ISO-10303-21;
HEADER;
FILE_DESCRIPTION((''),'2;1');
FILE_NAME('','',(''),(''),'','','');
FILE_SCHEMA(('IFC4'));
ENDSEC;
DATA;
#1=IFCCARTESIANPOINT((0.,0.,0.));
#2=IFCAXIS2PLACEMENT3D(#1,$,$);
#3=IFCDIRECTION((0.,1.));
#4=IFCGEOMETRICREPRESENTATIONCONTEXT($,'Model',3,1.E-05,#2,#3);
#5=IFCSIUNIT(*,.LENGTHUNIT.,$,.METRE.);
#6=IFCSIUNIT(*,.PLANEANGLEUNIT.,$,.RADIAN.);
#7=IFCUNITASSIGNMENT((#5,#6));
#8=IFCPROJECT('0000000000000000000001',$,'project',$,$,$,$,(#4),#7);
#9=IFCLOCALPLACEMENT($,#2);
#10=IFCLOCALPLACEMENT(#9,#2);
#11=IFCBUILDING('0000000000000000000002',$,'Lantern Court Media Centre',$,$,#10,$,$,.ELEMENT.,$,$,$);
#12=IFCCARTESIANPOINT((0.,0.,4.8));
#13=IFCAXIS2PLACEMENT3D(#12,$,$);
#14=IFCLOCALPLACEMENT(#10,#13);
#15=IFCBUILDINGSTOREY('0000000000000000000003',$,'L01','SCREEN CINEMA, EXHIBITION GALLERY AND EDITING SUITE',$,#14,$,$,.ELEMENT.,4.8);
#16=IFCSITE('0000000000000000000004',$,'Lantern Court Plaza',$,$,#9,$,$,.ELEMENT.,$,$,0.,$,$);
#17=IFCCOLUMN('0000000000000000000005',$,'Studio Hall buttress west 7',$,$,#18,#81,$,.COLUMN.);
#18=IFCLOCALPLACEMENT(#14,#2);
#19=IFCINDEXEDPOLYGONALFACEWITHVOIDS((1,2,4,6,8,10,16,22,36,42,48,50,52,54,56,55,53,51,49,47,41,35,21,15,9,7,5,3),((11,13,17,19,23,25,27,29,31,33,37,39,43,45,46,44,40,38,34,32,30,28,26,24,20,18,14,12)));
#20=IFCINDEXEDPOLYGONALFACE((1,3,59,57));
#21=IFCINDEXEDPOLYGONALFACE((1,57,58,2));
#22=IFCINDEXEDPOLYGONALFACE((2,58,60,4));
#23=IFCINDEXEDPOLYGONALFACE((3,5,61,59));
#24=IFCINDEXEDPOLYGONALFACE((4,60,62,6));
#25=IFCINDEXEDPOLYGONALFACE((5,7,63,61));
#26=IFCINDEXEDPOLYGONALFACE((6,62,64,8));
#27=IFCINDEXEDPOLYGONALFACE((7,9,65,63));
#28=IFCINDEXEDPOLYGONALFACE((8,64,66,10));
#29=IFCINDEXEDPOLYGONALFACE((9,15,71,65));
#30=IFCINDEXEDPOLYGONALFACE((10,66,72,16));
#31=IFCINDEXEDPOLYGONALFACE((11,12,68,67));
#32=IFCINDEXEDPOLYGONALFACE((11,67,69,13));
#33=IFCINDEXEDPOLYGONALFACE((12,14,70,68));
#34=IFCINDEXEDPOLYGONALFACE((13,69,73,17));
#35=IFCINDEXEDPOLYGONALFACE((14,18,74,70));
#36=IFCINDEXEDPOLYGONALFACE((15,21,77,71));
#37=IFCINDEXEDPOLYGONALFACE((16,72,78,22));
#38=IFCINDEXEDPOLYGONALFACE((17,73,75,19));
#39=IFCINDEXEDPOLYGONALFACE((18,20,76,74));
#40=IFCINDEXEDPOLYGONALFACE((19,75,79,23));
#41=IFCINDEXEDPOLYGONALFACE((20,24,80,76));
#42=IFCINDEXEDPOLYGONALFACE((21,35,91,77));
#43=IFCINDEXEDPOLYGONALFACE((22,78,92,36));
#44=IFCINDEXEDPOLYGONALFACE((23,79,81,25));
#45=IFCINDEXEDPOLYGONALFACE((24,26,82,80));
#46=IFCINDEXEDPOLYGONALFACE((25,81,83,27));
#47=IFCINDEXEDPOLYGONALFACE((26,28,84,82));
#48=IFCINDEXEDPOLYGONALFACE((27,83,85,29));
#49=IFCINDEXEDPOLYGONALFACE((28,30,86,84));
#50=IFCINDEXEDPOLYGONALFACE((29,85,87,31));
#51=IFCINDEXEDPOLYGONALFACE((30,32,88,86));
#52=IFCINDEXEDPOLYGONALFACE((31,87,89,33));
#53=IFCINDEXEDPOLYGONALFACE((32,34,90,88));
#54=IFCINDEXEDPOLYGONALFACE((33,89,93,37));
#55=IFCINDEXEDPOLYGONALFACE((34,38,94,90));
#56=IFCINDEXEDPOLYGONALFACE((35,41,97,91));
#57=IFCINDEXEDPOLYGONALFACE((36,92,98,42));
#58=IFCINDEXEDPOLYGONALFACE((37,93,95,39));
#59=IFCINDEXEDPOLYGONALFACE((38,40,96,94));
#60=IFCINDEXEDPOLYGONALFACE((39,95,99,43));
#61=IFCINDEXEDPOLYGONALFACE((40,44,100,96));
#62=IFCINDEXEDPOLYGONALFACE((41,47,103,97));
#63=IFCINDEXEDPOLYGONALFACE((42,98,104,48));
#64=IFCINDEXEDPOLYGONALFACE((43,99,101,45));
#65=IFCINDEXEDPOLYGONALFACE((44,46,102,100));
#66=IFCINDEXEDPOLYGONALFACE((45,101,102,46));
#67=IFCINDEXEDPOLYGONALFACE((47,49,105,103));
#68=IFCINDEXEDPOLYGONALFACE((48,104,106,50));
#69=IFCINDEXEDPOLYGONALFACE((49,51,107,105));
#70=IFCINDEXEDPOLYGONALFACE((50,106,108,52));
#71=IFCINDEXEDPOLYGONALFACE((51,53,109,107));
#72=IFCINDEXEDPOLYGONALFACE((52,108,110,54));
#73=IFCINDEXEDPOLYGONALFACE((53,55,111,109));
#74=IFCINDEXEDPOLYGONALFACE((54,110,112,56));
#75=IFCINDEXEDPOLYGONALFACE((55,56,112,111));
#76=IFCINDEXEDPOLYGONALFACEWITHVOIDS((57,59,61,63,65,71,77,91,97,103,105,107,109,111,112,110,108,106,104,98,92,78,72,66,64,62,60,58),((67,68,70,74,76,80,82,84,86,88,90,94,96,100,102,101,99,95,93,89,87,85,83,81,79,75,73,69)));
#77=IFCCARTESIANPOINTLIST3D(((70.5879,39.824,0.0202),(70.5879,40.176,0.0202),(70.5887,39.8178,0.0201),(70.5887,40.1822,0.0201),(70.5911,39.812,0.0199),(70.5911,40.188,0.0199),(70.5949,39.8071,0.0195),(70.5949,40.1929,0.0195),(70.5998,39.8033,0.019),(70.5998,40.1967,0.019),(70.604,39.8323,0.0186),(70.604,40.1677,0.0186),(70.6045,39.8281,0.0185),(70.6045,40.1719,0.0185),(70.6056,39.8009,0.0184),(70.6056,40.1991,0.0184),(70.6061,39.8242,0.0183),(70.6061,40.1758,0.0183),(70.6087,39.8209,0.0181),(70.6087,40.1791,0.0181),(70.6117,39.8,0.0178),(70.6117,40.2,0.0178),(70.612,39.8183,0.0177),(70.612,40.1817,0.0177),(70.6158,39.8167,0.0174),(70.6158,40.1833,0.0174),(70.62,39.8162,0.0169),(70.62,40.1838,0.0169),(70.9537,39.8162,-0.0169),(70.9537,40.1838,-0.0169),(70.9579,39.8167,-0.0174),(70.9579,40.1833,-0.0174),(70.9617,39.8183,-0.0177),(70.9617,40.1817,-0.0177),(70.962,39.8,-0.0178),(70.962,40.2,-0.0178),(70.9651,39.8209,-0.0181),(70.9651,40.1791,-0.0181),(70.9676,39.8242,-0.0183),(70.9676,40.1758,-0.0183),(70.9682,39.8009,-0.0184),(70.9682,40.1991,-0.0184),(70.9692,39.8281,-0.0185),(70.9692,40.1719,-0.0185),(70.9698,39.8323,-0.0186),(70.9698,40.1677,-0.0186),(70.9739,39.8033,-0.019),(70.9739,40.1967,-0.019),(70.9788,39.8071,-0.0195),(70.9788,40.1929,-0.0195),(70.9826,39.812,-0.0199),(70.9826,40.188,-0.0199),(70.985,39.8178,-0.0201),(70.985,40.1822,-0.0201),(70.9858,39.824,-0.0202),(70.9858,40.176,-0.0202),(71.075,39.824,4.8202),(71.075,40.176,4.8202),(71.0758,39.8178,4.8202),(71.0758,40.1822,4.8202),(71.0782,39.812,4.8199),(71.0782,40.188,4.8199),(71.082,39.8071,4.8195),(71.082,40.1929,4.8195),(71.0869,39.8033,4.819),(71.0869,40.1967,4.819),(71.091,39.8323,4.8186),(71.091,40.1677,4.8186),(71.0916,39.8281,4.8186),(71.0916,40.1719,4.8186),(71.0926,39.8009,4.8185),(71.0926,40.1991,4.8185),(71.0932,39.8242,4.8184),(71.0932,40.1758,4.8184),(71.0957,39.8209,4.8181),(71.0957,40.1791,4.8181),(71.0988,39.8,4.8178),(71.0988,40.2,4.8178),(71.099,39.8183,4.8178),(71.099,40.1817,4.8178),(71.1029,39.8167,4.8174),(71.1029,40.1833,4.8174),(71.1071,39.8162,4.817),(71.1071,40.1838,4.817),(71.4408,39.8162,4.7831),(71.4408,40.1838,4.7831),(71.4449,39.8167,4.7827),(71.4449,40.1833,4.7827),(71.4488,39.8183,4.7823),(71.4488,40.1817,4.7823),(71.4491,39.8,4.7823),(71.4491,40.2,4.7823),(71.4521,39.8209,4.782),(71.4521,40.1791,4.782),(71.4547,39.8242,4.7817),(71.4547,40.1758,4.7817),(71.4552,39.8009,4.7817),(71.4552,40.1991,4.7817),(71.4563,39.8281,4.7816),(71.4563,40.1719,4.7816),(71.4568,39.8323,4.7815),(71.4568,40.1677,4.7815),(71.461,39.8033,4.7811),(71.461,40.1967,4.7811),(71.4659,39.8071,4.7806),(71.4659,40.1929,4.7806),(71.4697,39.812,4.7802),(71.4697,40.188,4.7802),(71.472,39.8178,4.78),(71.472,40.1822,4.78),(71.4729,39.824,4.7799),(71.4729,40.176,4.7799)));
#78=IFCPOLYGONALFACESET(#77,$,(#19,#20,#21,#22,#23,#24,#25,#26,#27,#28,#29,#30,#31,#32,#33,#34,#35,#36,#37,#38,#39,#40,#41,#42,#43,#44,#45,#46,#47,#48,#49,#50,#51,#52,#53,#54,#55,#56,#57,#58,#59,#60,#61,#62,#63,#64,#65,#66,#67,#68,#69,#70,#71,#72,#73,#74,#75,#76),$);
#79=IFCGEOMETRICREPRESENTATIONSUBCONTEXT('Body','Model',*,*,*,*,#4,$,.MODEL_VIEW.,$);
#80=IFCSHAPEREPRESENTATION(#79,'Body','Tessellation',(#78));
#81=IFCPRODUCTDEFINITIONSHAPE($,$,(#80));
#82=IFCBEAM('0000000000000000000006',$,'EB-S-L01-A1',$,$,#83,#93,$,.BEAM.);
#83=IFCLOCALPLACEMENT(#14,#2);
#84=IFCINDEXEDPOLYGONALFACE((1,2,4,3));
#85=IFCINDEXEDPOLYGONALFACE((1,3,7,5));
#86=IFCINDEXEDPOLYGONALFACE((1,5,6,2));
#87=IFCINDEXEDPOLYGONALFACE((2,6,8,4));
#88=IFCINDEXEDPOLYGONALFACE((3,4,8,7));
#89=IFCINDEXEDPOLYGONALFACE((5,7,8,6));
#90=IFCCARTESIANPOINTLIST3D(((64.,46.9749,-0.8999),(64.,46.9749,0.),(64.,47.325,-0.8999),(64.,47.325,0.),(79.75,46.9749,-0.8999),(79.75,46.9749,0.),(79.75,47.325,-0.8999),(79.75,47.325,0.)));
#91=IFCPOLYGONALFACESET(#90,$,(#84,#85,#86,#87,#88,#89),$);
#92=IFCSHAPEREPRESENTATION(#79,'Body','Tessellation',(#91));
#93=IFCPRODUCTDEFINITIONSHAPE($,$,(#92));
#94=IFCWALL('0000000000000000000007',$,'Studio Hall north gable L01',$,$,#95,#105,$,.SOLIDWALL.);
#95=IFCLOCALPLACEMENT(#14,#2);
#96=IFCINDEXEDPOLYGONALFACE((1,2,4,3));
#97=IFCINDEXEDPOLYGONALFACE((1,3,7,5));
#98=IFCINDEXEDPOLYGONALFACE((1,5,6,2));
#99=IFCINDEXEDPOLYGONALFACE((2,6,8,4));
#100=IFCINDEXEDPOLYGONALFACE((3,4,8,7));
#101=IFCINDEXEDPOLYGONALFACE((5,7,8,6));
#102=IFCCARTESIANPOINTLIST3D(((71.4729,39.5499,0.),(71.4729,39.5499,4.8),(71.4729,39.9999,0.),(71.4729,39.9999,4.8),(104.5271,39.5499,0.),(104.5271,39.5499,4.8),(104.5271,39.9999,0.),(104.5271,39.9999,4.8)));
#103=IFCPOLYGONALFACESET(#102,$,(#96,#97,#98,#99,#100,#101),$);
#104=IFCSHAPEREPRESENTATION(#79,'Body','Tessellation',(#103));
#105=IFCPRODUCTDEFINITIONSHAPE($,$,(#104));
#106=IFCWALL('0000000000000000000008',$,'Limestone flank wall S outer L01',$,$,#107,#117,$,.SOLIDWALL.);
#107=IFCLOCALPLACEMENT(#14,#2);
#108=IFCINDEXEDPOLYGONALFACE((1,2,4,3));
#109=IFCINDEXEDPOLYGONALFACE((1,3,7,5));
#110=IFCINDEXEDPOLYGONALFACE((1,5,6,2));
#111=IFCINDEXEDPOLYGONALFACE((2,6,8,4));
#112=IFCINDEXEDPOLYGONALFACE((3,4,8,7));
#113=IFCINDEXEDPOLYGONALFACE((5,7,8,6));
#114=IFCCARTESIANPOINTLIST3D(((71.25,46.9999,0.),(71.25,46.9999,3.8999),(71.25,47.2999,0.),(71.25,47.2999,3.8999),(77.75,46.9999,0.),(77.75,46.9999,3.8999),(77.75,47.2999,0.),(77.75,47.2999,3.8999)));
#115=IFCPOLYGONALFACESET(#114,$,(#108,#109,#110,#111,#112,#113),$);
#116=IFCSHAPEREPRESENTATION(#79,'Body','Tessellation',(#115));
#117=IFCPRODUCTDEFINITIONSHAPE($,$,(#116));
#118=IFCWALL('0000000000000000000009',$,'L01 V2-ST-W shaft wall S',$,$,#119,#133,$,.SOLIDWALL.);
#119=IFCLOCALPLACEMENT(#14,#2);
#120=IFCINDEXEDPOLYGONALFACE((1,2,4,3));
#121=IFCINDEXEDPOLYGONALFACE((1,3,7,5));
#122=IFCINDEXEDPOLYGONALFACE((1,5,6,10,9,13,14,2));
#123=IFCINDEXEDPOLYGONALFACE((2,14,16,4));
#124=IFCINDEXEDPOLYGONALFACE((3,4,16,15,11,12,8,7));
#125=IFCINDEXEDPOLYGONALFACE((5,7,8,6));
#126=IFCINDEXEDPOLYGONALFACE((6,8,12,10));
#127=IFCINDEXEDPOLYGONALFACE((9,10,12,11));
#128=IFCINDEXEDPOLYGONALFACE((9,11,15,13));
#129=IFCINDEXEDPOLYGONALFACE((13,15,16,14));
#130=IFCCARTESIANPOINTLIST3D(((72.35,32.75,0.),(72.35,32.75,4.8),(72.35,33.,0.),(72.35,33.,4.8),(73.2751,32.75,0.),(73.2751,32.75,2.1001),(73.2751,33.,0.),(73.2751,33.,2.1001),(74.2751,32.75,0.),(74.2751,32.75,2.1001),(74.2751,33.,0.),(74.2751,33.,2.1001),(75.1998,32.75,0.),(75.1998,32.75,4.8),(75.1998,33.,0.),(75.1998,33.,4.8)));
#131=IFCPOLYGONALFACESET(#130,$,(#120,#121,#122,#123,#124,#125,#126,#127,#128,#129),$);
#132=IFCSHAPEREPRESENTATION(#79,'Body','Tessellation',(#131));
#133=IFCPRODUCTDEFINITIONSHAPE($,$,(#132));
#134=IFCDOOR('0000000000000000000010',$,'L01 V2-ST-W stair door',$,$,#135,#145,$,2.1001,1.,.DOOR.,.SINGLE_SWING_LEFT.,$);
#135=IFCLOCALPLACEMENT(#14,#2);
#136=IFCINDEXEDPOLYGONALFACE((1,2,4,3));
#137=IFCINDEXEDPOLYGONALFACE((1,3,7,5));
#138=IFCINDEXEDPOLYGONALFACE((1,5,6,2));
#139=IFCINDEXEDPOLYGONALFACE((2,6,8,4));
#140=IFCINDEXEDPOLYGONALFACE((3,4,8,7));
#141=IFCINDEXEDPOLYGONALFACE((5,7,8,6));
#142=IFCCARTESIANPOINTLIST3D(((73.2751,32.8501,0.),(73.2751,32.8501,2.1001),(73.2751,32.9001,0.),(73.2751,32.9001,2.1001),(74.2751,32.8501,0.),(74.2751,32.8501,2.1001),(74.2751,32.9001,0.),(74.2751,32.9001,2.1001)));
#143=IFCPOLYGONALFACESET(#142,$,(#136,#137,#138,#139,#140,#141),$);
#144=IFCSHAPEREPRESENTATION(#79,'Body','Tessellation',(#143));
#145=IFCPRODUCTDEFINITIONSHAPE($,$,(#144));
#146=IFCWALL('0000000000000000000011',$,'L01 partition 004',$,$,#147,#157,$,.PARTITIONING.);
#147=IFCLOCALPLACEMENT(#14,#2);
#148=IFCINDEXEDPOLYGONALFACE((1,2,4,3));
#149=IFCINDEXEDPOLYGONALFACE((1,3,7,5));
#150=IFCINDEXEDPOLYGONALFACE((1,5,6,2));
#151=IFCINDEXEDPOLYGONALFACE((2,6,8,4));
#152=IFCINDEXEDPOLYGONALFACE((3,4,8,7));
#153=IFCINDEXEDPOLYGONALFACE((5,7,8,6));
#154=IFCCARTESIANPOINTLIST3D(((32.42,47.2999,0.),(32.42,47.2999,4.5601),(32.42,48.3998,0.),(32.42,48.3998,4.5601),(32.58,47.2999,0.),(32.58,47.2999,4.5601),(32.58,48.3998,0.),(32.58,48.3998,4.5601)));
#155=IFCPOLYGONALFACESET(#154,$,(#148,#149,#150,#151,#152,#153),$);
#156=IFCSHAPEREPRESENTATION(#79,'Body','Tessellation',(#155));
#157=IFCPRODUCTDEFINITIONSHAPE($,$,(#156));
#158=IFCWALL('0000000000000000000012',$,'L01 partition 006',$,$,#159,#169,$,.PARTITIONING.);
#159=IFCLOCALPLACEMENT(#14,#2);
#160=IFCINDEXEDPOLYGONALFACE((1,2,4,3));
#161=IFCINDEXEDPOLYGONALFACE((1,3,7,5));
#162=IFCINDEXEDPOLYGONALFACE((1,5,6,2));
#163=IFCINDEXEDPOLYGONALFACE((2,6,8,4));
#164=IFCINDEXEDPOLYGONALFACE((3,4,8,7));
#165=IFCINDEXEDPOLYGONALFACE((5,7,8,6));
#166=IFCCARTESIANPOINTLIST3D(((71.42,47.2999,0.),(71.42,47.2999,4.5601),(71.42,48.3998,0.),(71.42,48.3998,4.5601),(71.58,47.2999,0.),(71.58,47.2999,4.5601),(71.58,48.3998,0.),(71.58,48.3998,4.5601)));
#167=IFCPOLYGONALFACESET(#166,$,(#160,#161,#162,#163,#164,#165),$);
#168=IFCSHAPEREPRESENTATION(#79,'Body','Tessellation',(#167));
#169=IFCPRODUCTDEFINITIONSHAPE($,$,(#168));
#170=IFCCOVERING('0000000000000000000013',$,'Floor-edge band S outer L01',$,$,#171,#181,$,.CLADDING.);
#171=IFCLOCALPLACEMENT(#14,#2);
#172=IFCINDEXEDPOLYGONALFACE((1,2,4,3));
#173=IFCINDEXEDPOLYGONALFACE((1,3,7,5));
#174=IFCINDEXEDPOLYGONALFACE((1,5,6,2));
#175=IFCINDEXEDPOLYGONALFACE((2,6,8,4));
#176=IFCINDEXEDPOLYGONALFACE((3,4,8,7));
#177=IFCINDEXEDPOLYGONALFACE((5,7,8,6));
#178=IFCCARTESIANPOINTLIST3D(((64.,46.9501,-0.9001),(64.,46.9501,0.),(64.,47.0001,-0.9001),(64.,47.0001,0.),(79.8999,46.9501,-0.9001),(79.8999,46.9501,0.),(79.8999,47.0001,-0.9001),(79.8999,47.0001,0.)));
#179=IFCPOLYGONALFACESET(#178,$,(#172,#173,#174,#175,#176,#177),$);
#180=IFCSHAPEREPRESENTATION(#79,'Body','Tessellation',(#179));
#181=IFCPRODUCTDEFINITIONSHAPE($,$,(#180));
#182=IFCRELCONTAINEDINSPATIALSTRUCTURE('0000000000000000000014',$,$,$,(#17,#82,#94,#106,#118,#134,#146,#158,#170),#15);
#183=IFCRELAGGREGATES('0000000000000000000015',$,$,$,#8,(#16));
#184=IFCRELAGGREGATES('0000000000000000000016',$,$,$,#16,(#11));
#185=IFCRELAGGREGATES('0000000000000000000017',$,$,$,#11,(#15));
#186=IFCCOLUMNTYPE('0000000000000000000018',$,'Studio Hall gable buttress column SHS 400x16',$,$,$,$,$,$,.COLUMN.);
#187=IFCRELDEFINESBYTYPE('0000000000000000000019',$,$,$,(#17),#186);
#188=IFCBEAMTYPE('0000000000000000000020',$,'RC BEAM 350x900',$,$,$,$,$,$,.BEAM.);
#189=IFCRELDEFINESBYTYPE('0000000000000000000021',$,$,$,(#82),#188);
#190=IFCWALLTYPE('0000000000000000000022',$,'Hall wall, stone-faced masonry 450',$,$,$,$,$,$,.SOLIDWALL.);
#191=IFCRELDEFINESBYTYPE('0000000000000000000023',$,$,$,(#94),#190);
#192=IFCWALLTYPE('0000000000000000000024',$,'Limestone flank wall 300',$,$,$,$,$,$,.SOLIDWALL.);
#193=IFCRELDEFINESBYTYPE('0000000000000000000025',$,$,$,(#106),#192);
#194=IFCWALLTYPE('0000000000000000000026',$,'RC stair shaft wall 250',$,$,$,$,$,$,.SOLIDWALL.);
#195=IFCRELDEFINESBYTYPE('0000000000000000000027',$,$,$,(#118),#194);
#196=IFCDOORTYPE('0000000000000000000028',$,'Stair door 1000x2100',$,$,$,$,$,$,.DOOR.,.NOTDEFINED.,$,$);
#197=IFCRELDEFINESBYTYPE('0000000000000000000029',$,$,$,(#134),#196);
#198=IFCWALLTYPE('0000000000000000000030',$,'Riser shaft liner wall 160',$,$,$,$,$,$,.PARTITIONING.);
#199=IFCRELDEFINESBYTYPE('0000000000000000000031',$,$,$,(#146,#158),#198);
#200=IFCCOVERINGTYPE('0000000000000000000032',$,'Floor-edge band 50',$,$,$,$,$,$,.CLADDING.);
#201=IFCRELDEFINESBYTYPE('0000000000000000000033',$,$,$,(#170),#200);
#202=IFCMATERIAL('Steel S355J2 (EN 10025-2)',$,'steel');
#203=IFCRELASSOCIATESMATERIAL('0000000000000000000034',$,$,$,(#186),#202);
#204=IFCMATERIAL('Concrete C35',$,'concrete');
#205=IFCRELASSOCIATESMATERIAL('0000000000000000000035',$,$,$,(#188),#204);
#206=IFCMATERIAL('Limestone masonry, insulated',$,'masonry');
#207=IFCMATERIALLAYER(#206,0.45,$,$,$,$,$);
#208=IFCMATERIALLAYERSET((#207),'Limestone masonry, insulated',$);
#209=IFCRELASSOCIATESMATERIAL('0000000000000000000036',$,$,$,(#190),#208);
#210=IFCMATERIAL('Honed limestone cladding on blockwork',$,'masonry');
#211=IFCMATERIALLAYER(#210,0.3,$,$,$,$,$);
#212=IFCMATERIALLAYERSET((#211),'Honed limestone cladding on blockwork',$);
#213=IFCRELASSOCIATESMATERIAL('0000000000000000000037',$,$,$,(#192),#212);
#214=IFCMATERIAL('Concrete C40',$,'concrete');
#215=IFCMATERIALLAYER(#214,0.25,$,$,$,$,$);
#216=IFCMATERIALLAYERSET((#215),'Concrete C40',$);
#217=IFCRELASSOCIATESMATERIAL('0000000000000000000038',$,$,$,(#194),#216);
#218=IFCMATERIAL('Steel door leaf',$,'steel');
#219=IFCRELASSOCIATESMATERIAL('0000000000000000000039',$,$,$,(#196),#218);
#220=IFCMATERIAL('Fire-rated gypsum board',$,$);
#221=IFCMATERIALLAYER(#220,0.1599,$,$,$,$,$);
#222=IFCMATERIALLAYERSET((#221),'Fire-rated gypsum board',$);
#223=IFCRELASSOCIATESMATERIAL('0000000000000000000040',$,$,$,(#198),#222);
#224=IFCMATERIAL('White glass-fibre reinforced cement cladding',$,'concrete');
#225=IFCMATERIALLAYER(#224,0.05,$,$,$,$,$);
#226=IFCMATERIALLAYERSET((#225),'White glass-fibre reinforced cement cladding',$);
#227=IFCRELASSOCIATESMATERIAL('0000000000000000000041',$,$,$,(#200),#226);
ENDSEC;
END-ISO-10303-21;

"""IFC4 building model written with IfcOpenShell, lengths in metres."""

from ifc_helpers import new_model, si_unit, direction, frame, frame_2d, origin, origin_2d, place, context, subcontext, project, spatial, rectangle, hollow_rectangle, extrude, material, layer, layer_set, material_profile, profile_set, type_object, element, fill, save


model = new_model("IFC4")

# Units and contexts
model_context = context("Model", 3, precision=1e-05, world=origin(), true_north=direction((0.0, 1.0)))
body_context = subcontext(model_context, "Body", "Model", "MODEL_VIEW")
ifc_project = project(units=[si_unit("LENGTHUNIT", "METRE"), si_unit("PLANEANGLEUNIT", "RADIAN")], contexts=[model_context])

# Site, building, storey
site_placement = place(None, origin())
site = spatial("IfcSite", under=ifc_project, at=site_placement, Name="Lantern Court Plaza", CompositionType="ELEMENT", RefElevation=0.0)
building_placement = place(site_placement, origin())
building = spatial("IfcBuilding", under=site, at=building_placement, Name="Lantern Court Media Centre", CompositionType="ELEMENT")
storey_placement = place(building_placement, frame((0.0, 0.0, 4.8)))
storey = spatial("IfcBuildingStorey", under=building, at=storey_placement, Name="L01", Description="SCREEN CINEMA, EXHIBITION GALLERY AND EDITING SUITE", CompositionType="ELEMENT", Elevation=4.8)

# Column
ifc_material_1 = material(Name="Steel S355J2 (EN 10025-2)", Category="steel")
ifc_material_profile_1 = material_profile(ifc_material_1, hollow_rectangle(XDim=0.3999, YDim=0.3999, WallThickness=0.0161, InnerFilletRadius=0.0161, OuterFilletRadius=0.0239, at=origin_2d()), Name="Studio Hall gable buttress column SHS 400x16")
ifc_profile_set_1 = profile_set([ifc_material_profile_1], Name="Steel S355J2 (EN 10025-2)")
column_type_1 = type_object("IfcColumnType", Name="Studio Hall gable buttress column SHS 400x16", PredefinedType="COLUMN", material=ifc_profile_set_1)
column_1_placement = place(storey_placement, frame((70.7869, 40.0, 0.0), z_axis=(0.100952, 0.0, 0.994891), x_axis=(0.0, 1.0, 0.0)))
element("IfcColumn", 1, at=column_1_placement, inside=storey, type_object=column_type_1, Name="Studio Hall buttress west 7", PredefinedType="COLUMN", context=body_context, shape_type="SweptSolid", body=[
    extrude(hollow_rectangle(XDim=0.3999, YDim=0.3999, WallThickness=0.0161, InnerFilletRadius=0.0161, OuterFilletRadius=0.0239, at=origin_2d()), origin(), (0.0, 0.0, 1.0), 4.8247),
])

# Beam
ifc_material_2 = material(Name="Concrete C35", Category="concrete")
ifc_material_profile_2 = material_profile(ifc_material_2, rectangle(XDim=0.3501, YDim=0.8999, at=origin_2d()), Name="RC 350x900")
ifc_profile_set_2 = profile_set([ifc_material_profile_2], Name="Concrete C35")
beam_type = type_object("IfcBeamType", Name="RC BEAM 350x900", PredefinedType="BEAM", material=ifc_profile_set_2)
beam_placement = place(storey_placement, frame((64.0, 47.1499, -0.45), z_axis=(1.0, 0.0, 0.0), x_axis=(0.0, 1.0, 0.0)))
element("IfcBeam", 2, at=beam_placement, inside=storey, type_object=beam_type, Name="EB-S-L01-A1", PredefinedType="BEAM", context=body_context, shape_type="SweptSolid", body=[
    extrude(rectangle(XDim=0.3501, YDim=0.8999, at=origin_2d()), origin(), (0.0, 0.0, 1.0), 15.75),
])

# Walls
ifc_material_3 = material(Name="Limestone masonry, insulated", Category="masonry")
ifc_layer_1 = layer(ifc_material_3, 0.45)
ifc_layer_set_1 = layer_set([ifc_layer_1], Name="Limestone masonry, insulated")
wall_type_1 = type_object("IfcWallType", Name="Hall wall, stone-faced masonry 450", PredefinedType="SOLIDWALL", material=ifc_layer_set_1)
wall_1_placement = place(storey_placement, frame((71.4729, 39.7749, 0.0), z_axis=(0.0, 0.0, 1.0), x_axis=(1.0, 0.0, 0.0)))
element("IfcWall", 3, at=wall_1_placement, inside=storey, type_object=wall_type_1, Name="Studio Hall north gable L01", PredefinedType="SOLIDWALL", context=body_context, shape_type="SweptSolid", body=[
    extrude(rectangle(XDim=33.0542, YDim=0.45, at=frame_2d((16.5271, 0.0))), origin(), (0.0, 0.0, 1.0), 4.8),
])
ifc_material_4 = material(Name="Honed limestone cladding on blockwork", Category="masonry")
ifc_layer_2 = layer(ifc_material_4, 0.3)
ifc_layer_set_2 = layer_set([ifc_layer_2], Name="Honed limestone cladding on blockwork")
wall_type_2 = type_object("IfcWallType", Name="Limestone flank wall 300", PredefinedType="SOLIDWALL", material=ifc_layer_set_2)
wall_2_placement = place(storey_placement, frame((71.25, 47.1499, 0.0), z_axis=(0.0, 0.0, 1.0), x_axis=(1.0, 0.0, 0.0)))
element("IfcWall", 4, at=wall_2_placement, inside=storey, type_object=wall_type_2, Name="Limestone flank wall S outer L01", PredefinedType="SOLIDWALL", context=body_context, shape_type="SweptSolid", body=[
    extrude(rectangle(XDim=6.5, YDim=0.3, at=frame_2d((3.25, 0.0))), origin(), (0.0, 0.0, 1.0), 3.8999),
])

# Wall, opening, door
ifc_material_5 = material(Name="Concrete C40", Category="concrete")
ifc_layer_3 = layer(ifc_material_5, 0.25)
ifc_layer_set_3 = layer_set([ifc_layer_3], Name="Concrete C40")
wall_type_3 = type_object("IfcWallType", Name="RC stair shaft wall 250", PredefinedType="SOLIDWALL", material=ifc_layer_set_3)
wall_3_placement = place(storey_placement, frame((72.3501, 32.875, 0.0), z_axis=(0.0, 0.0, 1.0), x_axis=(1.0, 0.0, 0.0)))
wall_3 = element("IfcWall", 5, at=wall_3_placement, inside=storey, type_object=wall_type_3, Name="L01 V2-ST-W shaft wall S", PredefinedType="SOLIDWALL", context=body_context, shape_type="SweptSolid", body=[
    extrude(rectangle(XDim=2.8499, YDim=0.25, at=frame_2d((1.4248, 0.0))), origin(), (0.0, 0.0, 1.0), 4.8),
])
opening_placement = place(wall_3_placement, frame((0.925, 0.0, 0.0)))
opening = element("IfcOpeningElement", 6, at=opening_placement, cuts=wall_3, PredefinedType="OPENING", context=body_context, shape_type="SweptSolid", body=[
    extrude(rectangle(XDim=1.0, YDim=2.1001, at=frame_2d((0.5, 1.05))), frame((0.0, 0.135, 0.0), z_axis=(0.0, -1.0, 0.0), x_axis=(1.0, 0.0, 0.0)), (0.0, 0.0, 1.0), 0.27),
])
ifc_material_6 = material(Name="Steel door leaf", Category="steel")
door_type = type_object("IfcDoorType", Name="Stair door 1000x2100", OperationType="NOTDEFINED", PredefinedType="DOOR", material=ifc_material_6)
door_placement = place(opening_placement, frame((1.0, 0.0, 0.0), z_axis=(0.0, 0.0, 1.0), x_axis=(-1.0, 0.0, 0.0)))
door = element("IfcDoor", 7, at=door_placement, inside=storey, type_object=door_type, Name="L01 V2-ST-W stair door", OperationType="SINGLE_SWING_LEFT", OverallHeight=2.1001, OverallWidth=1.0, PredefinedType="DOOR", context=body_context, shape_type="SweptSolid", body=[
    extrude(rectangle(XDim=1.0, YDim=2.1001, at=frame_2d((0.5, 1.05))), frame((0.0, 0.0249, 0.0), z_axis=(0.0, -1.0, 0.0), x_axis=(1.0, 0.0, 0.0)), (0.0, 0.0, 1.0), 0.05),
])
fill(opening, door)

# Walls
ifc_material_7 = material(Name="Fire-rated gypsum board")
ifc_layer_4 = layer(ifc_material_7, 0.1599)
ifc_layer_set_4 = layer_set([ifc_layer_4], Name="Fire-rated gypsum board")
wall_type_4 = type_object("IfcWallType", Name="Riser shaft liner wall 160", PredefinedType="PARTITIONING", material=ifc_layer_set_4)
for number, where, z_axis, x_axis, name in (
    (8, (32.5, 47.3, 0.0), (0.0, 0.0, 1.0), (0.0, 1.0, 0.0), "L01 partition 004"),
    (9, (71.5, 47.3, 0.0), (0.0, 0.0, 1.0), (0.0, 1.0, 0.0), "L01 partition 006"),
):
    element("IfcWall", number, at=place(storey_placement, frame(where, z_axis=z_axis, x_axis=x_axis)), inside=storey, type_object=wall_type_4, Name=name, PredefinedType="PARTITIONING", context=body_context, shape_type="SweptSolid", body=[
        extrude(rectangle(XDim=1.0999, YDim=0.1599, at=frame_2d((0.5498, 0.0))), origin(), (0.0, 0.0, 1.0), 4.5601),
    ])

# Covering
ifc_material_8 = material(Name="White glass-fibre reinforced cement cladding", Category="concrete")
ifc_layer_5 = layer(ifc_material_8, 0.05)
ifc_layer_set_5 = layer_set([ifc_layer_5], Name="White glass-fibre reinforced cement cladding")
covering_type_1 = type_object("IfcCoveringType", Name="Floor-edge band 50", PredefinedType="CLADDING", material=ifc_layer_set_5)
covering_1_placement = place(storey_placement, frame((64.0, 46.9751, -0.9001), z_axis=(0.0, 0.0, 1.0), x_axis=(1.0, 0.0, 0.0)))
element("IfcCovering", 10, at=covering_1_placement, inside=storey, type_object=covering_type_1, Name="Floor-edge band S outer L01", PredefinedType="CLADDING", context=body_context, shape_type="SweptSolid", body=[
    extrude(rectangle(XDim=15.8999, YDim=0.05, at=frame_2d((7.95, 0.0))), origin(), (0.0, 0.0, 1.0), 0.9001),
])

save(model, "model.ifc")
